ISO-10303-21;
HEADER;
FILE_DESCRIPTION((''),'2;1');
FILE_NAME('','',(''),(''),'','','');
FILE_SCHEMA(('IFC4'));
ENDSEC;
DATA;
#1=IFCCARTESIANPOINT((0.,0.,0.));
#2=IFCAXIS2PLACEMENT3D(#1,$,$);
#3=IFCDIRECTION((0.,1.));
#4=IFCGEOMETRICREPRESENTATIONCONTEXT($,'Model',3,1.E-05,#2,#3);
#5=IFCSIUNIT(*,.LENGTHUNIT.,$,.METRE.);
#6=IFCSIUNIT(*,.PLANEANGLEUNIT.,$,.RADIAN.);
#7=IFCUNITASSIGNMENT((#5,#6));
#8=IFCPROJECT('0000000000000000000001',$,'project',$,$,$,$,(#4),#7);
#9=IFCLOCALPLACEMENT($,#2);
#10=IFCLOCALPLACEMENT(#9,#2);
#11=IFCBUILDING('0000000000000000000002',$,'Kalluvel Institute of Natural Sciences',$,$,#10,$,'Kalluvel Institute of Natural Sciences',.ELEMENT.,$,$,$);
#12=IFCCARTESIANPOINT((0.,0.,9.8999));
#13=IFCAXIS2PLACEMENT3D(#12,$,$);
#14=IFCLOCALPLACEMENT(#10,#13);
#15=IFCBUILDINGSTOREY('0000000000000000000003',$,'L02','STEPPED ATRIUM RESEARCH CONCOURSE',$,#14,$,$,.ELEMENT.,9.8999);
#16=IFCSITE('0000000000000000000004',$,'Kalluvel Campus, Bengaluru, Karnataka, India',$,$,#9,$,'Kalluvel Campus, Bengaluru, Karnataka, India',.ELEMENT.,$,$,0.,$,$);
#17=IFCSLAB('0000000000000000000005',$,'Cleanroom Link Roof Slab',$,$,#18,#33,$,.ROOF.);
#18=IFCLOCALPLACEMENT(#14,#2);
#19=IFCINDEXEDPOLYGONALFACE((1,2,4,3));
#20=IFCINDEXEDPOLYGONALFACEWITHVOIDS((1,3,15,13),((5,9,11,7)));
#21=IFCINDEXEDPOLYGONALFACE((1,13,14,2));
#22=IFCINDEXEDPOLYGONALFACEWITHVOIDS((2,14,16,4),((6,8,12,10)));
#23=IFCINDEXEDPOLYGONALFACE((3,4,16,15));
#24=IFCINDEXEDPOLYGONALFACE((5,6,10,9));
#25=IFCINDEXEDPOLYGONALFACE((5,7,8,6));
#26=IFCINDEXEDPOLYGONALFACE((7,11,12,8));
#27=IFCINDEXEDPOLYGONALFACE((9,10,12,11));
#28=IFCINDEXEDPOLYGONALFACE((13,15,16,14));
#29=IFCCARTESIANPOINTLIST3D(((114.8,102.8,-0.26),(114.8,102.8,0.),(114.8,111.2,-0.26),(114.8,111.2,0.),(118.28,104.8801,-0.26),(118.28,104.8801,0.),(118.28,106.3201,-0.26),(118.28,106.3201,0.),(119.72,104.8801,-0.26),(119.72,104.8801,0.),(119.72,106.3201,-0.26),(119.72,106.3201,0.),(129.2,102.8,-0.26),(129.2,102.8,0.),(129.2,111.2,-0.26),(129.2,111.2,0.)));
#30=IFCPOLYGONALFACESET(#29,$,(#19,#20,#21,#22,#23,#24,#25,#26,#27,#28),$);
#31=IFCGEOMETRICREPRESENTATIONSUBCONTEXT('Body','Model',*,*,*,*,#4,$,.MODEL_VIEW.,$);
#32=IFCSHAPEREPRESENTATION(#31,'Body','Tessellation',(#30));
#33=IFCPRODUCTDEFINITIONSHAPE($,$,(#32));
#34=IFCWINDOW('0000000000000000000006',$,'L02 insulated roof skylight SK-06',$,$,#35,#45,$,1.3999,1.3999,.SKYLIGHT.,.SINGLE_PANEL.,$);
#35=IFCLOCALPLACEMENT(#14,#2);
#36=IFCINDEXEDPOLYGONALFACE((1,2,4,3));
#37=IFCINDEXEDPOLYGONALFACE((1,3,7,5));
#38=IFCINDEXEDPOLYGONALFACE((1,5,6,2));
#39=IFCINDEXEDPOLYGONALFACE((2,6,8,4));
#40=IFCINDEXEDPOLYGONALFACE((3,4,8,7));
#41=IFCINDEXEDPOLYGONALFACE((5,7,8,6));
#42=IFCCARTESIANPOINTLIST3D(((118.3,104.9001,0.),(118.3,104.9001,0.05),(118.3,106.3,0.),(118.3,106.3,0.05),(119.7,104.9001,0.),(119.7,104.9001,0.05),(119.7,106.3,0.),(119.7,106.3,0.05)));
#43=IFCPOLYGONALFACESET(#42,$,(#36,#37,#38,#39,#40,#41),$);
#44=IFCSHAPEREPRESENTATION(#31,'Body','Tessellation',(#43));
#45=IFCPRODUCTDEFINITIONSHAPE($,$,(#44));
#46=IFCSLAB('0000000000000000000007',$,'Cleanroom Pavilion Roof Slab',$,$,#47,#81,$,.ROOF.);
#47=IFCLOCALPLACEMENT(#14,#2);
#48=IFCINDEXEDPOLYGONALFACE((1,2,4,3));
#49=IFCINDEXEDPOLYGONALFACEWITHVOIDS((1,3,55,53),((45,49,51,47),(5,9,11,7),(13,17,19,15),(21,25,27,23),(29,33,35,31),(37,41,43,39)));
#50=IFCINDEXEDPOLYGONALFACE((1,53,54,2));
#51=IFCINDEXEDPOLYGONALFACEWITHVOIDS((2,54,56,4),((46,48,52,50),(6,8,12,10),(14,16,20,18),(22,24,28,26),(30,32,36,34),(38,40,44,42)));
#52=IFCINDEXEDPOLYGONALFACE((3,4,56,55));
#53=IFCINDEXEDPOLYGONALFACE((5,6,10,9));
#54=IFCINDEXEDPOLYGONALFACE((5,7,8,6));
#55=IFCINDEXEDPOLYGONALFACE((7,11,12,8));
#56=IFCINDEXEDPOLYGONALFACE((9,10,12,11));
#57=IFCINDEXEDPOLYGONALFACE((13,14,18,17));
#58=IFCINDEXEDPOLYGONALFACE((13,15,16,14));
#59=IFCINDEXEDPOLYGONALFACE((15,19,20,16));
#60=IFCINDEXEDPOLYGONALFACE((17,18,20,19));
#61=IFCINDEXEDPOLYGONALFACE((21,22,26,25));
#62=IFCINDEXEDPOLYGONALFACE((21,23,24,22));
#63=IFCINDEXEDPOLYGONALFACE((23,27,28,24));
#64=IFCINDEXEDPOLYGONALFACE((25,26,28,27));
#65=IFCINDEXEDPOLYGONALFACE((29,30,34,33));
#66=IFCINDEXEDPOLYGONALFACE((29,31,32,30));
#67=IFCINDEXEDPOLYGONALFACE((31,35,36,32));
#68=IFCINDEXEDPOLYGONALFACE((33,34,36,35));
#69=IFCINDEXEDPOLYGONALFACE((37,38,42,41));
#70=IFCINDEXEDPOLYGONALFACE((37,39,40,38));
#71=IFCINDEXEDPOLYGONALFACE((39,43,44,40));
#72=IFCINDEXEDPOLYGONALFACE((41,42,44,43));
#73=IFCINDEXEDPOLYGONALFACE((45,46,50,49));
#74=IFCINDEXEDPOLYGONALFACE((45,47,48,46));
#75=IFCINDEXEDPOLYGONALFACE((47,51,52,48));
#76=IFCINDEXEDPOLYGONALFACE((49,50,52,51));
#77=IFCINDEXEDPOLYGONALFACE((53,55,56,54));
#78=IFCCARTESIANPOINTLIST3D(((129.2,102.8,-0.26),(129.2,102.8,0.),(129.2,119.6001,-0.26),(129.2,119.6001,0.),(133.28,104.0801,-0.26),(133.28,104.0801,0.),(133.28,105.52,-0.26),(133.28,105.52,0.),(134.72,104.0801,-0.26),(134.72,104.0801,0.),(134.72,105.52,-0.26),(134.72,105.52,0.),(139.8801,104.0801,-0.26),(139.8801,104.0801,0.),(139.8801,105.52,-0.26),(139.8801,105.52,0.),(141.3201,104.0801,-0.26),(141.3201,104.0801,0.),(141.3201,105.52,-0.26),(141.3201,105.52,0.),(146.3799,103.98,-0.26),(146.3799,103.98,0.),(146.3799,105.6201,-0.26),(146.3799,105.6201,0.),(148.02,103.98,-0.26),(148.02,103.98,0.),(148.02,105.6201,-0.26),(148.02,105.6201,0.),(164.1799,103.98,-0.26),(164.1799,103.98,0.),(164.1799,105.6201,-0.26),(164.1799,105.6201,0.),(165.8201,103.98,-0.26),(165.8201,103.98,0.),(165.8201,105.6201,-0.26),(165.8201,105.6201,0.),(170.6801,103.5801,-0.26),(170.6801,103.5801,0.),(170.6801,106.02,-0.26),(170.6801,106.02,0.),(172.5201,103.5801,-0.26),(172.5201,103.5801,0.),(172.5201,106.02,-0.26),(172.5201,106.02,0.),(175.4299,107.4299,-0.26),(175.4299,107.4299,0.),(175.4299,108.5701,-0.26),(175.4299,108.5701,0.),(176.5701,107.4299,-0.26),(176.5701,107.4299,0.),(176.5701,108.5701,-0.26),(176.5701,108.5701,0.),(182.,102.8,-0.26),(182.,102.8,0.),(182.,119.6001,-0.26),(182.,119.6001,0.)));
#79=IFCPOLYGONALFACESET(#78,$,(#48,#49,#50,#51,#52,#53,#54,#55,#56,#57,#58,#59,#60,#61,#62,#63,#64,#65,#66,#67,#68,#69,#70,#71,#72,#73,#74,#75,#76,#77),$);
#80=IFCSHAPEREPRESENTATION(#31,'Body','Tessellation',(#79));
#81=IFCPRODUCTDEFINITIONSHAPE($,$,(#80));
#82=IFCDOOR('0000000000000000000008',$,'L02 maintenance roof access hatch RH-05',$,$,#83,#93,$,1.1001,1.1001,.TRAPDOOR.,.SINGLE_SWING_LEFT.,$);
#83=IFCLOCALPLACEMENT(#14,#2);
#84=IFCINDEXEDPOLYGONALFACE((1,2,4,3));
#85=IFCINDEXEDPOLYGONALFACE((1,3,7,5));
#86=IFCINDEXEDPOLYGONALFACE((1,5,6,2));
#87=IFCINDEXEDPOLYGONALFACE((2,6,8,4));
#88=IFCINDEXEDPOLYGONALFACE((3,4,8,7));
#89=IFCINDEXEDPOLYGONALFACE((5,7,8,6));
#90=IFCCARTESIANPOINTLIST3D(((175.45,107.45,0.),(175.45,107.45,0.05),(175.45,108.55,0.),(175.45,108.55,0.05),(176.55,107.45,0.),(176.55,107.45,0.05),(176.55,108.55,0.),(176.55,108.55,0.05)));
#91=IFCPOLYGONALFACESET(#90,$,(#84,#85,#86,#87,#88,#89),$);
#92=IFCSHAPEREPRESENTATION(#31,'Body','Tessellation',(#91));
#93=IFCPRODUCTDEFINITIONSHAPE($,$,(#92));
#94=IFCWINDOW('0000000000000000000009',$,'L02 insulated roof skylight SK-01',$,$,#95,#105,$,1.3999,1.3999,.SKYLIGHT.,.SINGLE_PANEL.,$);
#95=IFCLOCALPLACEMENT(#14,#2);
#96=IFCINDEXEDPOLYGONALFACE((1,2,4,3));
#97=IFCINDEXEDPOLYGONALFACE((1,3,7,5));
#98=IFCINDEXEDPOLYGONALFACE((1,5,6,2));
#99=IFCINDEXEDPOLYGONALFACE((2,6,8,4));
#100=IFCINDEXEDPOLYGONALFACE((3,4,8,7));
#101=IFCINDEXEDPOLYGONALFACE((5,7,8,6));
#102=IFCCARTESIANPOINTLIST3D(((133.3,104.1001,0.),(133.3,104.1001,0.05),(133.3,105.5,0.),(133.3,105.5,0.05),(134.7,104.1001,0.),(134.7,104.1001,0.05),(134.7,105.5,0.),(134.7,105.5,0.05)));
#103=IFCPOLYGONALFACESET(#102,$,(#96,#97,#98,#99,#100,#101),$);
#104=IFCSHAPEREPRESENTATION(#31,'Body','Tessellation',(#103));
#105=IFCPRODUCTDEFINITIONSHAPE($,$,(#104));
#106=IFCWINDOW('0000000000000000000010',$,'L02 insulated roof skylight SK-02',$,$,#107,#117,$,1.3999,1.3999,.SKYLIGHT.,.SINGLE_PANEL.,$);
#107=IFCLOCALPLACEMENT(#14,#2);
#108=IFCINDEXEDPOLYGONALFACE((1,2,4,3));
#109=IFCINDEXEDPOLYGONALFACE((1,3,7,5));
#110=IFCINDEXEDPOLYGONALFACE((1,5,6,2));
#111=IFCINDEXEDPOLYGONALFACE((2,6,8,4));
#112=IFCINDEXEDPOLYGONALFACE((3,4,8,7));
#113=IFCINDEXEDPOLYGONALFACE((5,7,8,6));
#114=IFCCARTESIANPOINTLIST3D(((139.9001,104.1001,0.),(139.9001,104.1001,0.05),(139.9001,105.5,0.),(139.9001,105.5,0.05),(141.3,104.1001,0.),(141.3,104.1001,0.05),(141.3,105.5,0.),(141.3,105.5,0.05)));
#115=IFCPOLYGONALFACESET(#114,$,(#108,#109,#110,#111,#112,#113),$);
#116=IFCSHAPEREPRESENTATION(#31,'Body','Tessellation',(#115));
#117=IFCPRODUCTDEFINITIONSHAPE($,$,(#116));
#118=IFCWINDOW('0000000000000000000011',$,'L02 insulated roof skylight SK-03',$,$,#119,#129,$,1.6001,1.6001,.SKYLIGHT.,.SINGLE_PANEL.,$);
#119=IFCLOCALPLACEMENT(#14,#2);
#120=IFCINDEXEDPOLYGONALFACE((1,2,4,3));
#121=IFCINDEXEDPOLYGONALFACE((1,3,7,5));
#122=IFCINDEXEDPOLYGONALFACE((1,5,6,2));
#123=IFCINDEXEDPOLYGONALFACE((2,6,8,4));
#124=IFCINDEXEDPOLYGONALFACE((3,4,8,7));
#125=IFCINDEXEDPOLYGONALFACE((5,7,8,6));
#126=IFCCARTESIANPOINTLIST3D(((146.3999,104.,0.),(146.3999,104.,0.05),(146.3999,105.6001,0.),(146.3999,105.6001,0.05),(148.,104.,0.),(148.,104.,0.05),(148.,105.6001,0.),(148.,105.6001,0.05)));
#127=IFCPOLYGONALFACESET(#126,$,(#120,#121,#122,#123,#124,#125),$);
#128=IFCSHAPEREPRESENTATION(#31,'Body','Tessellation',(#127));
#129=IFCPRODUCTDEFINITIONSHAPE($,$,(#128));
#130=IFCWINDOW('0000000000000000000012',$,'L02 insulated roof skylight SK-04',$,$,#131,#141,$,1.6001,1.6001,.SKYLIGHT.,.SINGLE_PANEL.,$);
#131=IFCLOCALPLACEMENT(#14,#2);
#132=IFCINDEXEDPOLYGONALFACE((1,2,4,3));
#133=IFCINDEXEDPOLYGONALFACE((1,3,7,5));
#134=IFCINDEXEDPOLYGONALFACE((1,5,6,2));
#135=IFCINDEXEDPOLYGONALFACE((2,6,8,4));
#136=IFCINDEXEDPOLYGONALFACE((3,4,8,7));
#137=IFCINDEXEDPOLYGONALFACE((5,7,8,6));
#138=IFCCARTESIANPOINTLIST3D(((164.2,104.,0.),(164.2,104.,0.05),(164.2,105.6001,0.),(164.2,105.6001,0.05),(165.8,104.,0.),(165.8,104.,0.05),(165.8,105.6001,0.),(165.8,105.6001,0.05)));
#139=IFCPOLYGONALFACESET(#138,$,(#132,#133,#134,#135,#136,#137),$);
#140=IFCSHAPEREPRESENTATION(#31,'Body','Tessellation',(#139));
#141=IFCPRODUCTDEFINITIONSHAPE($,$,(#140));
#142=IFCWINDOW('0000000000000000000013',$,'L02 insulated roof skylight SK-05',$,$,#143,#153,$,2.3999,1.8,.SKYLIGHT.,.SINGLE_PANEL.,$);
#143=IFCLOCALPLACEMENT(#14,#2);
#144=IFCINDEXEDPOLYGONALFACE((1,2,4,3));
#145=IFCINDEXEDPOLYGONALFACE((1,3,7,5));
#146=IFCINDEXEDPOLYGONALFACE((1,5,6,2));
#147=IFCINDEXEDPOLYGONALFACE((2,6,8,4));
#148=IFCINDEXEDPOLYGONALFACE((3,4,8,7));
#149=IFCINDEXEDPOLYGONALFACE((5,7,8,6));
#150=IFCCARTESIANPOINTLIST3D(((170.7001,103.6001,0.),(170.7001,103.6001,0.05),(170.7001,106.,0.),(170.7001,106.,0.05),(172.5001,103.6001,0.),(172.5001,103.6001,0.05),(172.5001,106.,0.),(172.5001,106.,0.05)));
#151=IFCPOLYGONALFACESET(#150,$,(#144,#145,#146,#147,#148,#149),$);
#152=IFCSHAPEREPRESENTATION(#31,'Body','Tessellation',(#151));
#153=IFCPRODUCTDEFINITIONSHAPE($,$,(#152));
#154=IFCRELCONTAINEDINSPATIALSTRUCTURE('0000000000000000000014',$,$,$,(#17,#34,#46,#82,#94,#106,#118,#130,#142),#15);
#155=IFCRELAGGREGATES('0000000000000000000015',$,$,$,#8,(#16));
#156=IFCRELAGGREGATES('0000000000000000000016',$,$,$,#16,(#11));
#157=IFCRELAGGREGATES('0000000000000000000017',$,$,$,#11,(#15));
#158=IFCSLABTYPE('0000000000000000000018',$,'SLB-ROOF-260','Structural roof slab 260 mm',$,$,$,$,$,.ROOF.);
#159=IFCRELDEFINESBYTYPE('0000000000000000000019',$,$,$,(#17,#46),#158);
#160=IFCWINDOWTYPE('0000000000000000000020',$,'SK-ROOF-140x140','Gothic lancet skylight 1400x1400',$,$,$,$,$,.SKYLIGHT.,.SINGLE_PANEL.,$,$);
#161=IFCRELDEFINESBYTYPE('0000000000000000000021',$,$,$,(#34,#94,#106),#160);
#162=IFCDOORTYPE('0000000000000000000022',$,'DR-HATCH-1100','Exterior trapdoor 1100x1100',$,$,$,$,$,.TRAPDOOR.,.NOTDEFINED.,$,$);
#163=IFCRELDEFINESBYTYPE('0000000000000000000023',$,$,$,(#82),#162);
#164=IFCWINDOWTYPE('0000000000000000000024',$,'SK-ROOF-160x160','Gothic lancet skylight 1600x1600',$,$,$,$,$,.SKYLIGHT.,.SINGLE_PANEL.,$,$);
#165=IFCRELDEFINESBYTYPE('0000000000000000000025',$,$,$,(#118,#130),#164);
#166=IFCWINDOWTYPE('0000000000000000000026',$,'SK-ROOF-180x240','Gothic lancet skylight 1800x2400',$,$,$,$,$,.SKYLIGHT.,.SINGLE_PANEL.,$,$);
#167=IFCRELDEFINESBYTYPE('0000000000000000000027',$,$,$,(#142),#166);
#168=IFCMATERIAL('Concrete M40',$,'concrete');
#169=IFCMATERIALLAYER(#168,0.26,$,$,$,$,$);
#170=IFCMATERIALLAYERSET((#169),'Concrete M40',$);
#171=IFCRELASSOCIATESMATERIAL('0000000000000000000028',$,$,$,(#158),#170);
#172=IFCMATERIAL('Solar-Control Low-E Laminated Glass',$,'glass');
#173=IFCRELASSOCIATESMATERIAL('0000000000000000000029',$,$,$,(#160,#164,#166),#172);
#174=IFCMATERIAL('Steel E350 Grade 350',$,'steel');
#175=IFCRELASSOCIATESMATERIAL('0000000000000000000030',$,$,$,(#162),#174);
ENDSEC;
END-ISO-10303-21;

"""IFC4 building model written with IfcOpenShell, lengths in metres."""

from ifc_helpers import new_model, si_unit, direction, frame, origin, origin_2d, place, context, subcontext, project, spatial, polyline, rectangle, outline, extrude, material, layer, layer_set, type_object, element, fill, save


model = new_model("IFC4")

# Units and contexts
model_context = context("Model", 3, precision=1e-05, world=origin(), true_north=direction((0.0, 1.0)))
body_context = subcontext(model_context, "Body", "Model", "MODEL_VIEW")
ifc_project = project(units=[si_unit("LENGTHUNIT", "METRE"), si_unit("PLANEANGLEUNIT", "RADIAN")], contexts=[model_context])

# Site, building, storey
site_placement = place(None, origin())
site = spatial("IfcSite", under=ifc_project, at=site_placement, Name="Kalluvel Campus, Bengaluru, Karnataka, India", LongName="Kalluvel Campus, Bengaluru, Karnataka, India", CompositionType="ELEMENT", RefElevation=0.0)
building_placement = place(site_placement, origin())
building = spatial("IfcBuilding", under=site, at=building_placement, Name="Kalluvel Institute of Natural Sciences", LongName="Kalluvel Institute of Natural Sciences", CompositionType="ELEMENT")
storey_placement = place(building_placement, frame((0.0, 0.0, 9.8999)))
storey = spatial("IfcBuildingStorey", under=building, at=storey_placement, Name="L02", Description="STEPPED ATRIUM RESEARCH CONCOURSE", CompositionType="ELEMENT", Elevation=9.8999)

# Shared definitions
ifc_material_1 = material(Name="Concrete M40", Category="concrete")

# Slab, opening, window
ifc_layer_1 = layer(ifc_material_1, 0.26)
ifc_layer_set_1 = layer_set([ifc_layer_1], Name="Concrete M40")
slab_type_1 = type_object("IfcSlabType", Name="SLB-ROOF-260", Description="Structural roof slab 260 mm", PredefinedType="ROOF", material=ifc_layer_set_1)
slab_1_placement = place(storey_placement, frame((0.0, 0.0, -0.26)))
slab_1 = element("IfcSlab", 1, at=slab_1_placement, inside=storey, type_object=slab_type_1, Name="Cleanroom Link Roof Slab", PredefinedType="ROOF", context=body_context, shape_type="SweptSolid", body=[
    extrude(outline(polyline([(114.8, 102.8), (129.2, 102.8), (129.2, 111.2), (114.8, 111.2), (114.8, 102.8)])), origin(), (0.0, 0.0, 1.0), 0.26),
])
opening_1_placement = place(slab_1_placement, frame((119.0, 105.6001, 0.0)))
opening_1 = element("IfcOpeningElement", 2, at=opening_1_placement, cuts=slab_1, PredefinedType="OPENING", context=body_context, shape_type="SweptSolid", body=[
    extrude(rectangle(XDim=1.4399, YDim=1.4399, at=origin_2d()), frame((0.0, 0.0, -0.05)), (0.0, 0.0, 1.0), 0.4102),
])
ifc_material_2 = material(Name="Solar-Control Low-E Laminated Glass", Category="glass")
window_type_1 = type_object("IfcWindowType", Name="SK-ROOF-140x140", Description="Gothic lancet skylight 1400x1400", PartitioningType="SINGLE_PANEL", PredefinedType="SKYLIGHT", material=ifc_material_2)
window_1_placement = place(opening_1_placement, frame((0.0, 0.0, 0.26)))
window_1 = element("IfcWindow", 3, at=window_1_placement, inside=storey, type_object=window_type_1, Name="L02 insulated roof skylight SK-06", OverallHeight=1.3999, OverallWidth=1.3999, PartitioningType="SINGLE_PANEL", PredefinedType="SKYLIGHT", context=body_context, shape_type="SweptSolid", body=[
    extrude(rectangle(XDim=1.3999, YDim=1.3999, at=origin_2d()), origin(), (0.0, 0.0, 1.0), 0.05),
])
fill(opening_1, window_1)

# Slab, openings, door, windows
slab_2_placement = place(storey_placement, frame((0.0, 0.0, -0.26)))
slab_2 = element("IfcSlab", 4, at=slab_2_placement, inside=storey, type_object=slab_type_1, Name="Cleanroom Pavilion Roof Slab", PredefinedType="ROOF", context=body_context, shape_type="SweptSolid", body=[
    extrude(outline(polyline([(129.2, 102.8), (182.0, 102.8), (182.0, 119.6001), (129.2, 119.6001), (129.2, 102.8)])), origin(), (0.0, 0.0, 1.0), 0.26),
])
opening_2_placement = place(slab_2_placement, frame((134.0, 104.8, 0.0)))
opening_2 = element("IfcOpeningElement", 5, at=opening_2_placement, cuts=slab_2, PredefinedType="OPENING", context=body_context, shape_type="SweptSolid", body=[
    extrude(rectangle(XDim=1.4399, YDim=1.4399, at=origin_2d()), frame((0.0, 0.0, -0.05)), (0.0, 0.0, 1.0), 0.4102),
])
opening_3_placement = place(slab_2_placement, frame((140.6001, 104.8, 0.0)))
opening_3 = element("IfcOpeningElement", 6, at=opening_3_placement, cuts=slab_2, PredefinedType="OPENING", context=body_context, shape_type="SweptSolid", body=[
    extrude(rectangle(XDim=1.4399, YDim=1.4399, at=origin_2d()), frame((0.0, 0.0, -0.05)), (0.0, 0.0, 1.0), 0.4102),
])
opening_4_placement = place(slab_2_placement, frame((147.2, 104.8, 0.0)))
opening_4 = element("IfcOpeningElement", 7, at=opening_4_placement, cuts=slab_2, PredefinedType="OPENING", context=body_context, shape_type="SweptSolid", body=[
    extrude(rectangle(XDim=1.6401, YDim=1.6401, at=origin_2d()), frame((0.0, 0.0, -0.05)), (0.0, 0.0, 1.0), 0.4102),
])
opening_5_placement = place(slab_2_placement, frame((165.0, 104.8, 0.0)))
opening_5 = element("IfcOpeningElement", 8, at=opening_5_placement, cuts=slab_2, PredefinedType="OPENING", context=body_context, shape_type="SweptSolid", body=[
    extrude(rectangle(XDim=1.6401, YDim=1.6401, at=origin_2d()), frame((0.0, 0.0, -0.05)), (0.0, 0.0, 1.0), 0.4102),
])
opening_6_placement = place(slab_2_placement, frame((171.6001, 104.8, 0.0)))
opening_6 = element("IfcOpeningElement", 9, at=opening_6_placement, cuts=slab_2, PredefinedType="OPENING", context=body_context, shape_type="SweptSolid", body=[
    extrude(rectangle(XDim=1.8401, YDim=2.4399, at=origin_2d()), frame((0.0, 0.0, -0.05)), (0.0, 0.0, 1.0), 0.4102),
])
opening_7_placement = place(slab_2_placement, frame((176.0, 108.0, 0.0)))
opening_7 = element("IfcOpeningElement", 10, at=opening_7_placement, cuts=slab_2, PredefinedType="OPENING", context=body_context, shape_type="SweptSolid", body=[
    extrude(rectangle(XDim=1.1401, YDim=1.1401, at=origin_2d()), frame((0.0, 0.0, -0.05)), (0.0, 0.0, 1.0), 0.4102),
])
ifc_material_3 = material(Name="Steel E350 Grade 350", Category="steel")
door_type = type_object("IfcDoorType", Name="DR-HATCH-1100", Description="Exterior trapdoor 1100x1100", OperationType="NOTDEFINED", PredefinedType="TRAPDOOR", material=ifc_material_3)
door_placement = place(opening_7_placement, frame((0.0, 0.0, 0.26)))
door = element("IfcDoor", 11, at=door_placement, inside=storey, type_object=door_type, Name="L02 maintenance roof access hatch RH-05", OperationType="SINGLE_SWING_LEFT", OverallHeight=1.1001, OverallWidth=1.1001, PredefinedType="TRAPDOOR", context=body_context, shape_type="SweptSolid", body=[
    extrude(rectangle(XDim=1.1001, YDim=1.1001, at=origin_2d()), origin(), (0.0, 0.0, 1.0), 0.05),
])
fill(opening_7, door)
window_2_placement = place(opening_2_placement, frame((0.0, 0.0, 0.26)))
window_2 = element("IfcWindow", 12, at=window_2_placement, inside=storey, type_object=window_type_1, Name="L02 insulated roof skylight SK-01", OverallHeight=1.3999, OverallWidth=1.3999, PartitioningType="SINGLE_PANEL", PredefinedType="SKYLIGHT", context=body_context, shape_type="SweptSolid", body=[
    extrude(rectangle(XDim=1.3999, YDim=1.3999, at=origin_2d()), origin(), (0.0, 0.0, 1.0), 0.05),
])
fill(opening_2, window_2)
window_3_placement = place(opening_3_placement, frame((0.0, 0.0, 0.26)))
window_3 = element("IfcWindow", 13, at=window_3_placement, inside=storey, type_object=window_type_1, Name="L02 insulated roof skylight SK-02", OverallHeight=1.3999, OverallWidth=1.3999, PartitioningType="SINGLE_PANEL", PredefinedType="SKYLIGHT", context=body_context, shape_type="SweptSolid", body=[
    extrude(rectangle(XDim=1.3999, YDim=1.3999, at=origin_2d()), origin(), (0.0, 0.0, 1.0), 0.05),
])
fill(opening_3, window_3)
window_type_2 = type_object("IfcWindowType", Name="SK-ROOF-160x160", Description="Gothic lancet skylight 1600x1600", PartitioningType="SINGLE_PANEL", PredefinedType="SKYLIGHT", material=ifc_material_2)
window_4_placement = place(opening_4_placement, frame((0.0, 0.0, 0.26)))
window_4 = element("IfcWindow", 14, at=window_4_placement, inside=storey, type_object=window_type_2, Name="L02 insulated roof skylight SK-03", OverallHeight=1.6001, OverallWidth=1.6001, PartitioningType="SINGLE_PANEL", PredefinedType="SKYLIGHT", context=body_context, shape_type="SweptSolid", body=[
    extrude(rectangle(XDim=1.6001, YDim=1.6001, at=origin_2d()), origin(), (0.0, 0.0, 1.0), 0.05),
])
fill(opening_4, window_4)
window_5_placement = place(opening_5_placement, frame((0.0, 0.0, 0.26)))
window_5 = element("IfcWindow", 15, at=window_5_placement, inside=storey, type_object=window_type_2, Name="L02 insulated roof skylight SK-04", OverallHeight=1.6001, OverallWidth=1.6001, PartitioningType="SINGLE_PANEL", PredefinedType="SKYLIGHT", context=body_context, shape_type="SweptSolid", body=[
    extrude(rectangle(XDim=1.6001, YDim=1.6001, at=origin_2d()), origin(), (0.0, 0.0, 1.0), 0.05),
])
fill(opening_5, window_5)
window_type_3 = type_object("IfcWindowType", Name="SK-ROOF-180x240", Description="Gothic lancet skylight 1800x2400", PartitioningType="SINGLE_PANEL", PredefinedType="SKYLIGHT", material=ifc_material_2)
window_6_placement = place(opening_6_placement, frame((0.0, 0.0, 0.26)))
window_6 = element("IfcWindow", 16, at=window_6_placement, inside=storey, type_object=window_type_3, Name="L02 insulated roof skylight SK-05", OverallHeight=2.3999, OverallWidth=1.8, PartitioningType="SINGLE_PANEL", PredefinedType="SKYLIGHT", context=body_context, shape_type="SweptSolid", body=[
    extrude(rectangle(XDim=1.8, YDim=2.3999, at=origin_2d()), origin(), (0.0, 0.0, 1.0), 0.05),
])
fill(opening_6, window_6)

save(model, "model.ifc")
